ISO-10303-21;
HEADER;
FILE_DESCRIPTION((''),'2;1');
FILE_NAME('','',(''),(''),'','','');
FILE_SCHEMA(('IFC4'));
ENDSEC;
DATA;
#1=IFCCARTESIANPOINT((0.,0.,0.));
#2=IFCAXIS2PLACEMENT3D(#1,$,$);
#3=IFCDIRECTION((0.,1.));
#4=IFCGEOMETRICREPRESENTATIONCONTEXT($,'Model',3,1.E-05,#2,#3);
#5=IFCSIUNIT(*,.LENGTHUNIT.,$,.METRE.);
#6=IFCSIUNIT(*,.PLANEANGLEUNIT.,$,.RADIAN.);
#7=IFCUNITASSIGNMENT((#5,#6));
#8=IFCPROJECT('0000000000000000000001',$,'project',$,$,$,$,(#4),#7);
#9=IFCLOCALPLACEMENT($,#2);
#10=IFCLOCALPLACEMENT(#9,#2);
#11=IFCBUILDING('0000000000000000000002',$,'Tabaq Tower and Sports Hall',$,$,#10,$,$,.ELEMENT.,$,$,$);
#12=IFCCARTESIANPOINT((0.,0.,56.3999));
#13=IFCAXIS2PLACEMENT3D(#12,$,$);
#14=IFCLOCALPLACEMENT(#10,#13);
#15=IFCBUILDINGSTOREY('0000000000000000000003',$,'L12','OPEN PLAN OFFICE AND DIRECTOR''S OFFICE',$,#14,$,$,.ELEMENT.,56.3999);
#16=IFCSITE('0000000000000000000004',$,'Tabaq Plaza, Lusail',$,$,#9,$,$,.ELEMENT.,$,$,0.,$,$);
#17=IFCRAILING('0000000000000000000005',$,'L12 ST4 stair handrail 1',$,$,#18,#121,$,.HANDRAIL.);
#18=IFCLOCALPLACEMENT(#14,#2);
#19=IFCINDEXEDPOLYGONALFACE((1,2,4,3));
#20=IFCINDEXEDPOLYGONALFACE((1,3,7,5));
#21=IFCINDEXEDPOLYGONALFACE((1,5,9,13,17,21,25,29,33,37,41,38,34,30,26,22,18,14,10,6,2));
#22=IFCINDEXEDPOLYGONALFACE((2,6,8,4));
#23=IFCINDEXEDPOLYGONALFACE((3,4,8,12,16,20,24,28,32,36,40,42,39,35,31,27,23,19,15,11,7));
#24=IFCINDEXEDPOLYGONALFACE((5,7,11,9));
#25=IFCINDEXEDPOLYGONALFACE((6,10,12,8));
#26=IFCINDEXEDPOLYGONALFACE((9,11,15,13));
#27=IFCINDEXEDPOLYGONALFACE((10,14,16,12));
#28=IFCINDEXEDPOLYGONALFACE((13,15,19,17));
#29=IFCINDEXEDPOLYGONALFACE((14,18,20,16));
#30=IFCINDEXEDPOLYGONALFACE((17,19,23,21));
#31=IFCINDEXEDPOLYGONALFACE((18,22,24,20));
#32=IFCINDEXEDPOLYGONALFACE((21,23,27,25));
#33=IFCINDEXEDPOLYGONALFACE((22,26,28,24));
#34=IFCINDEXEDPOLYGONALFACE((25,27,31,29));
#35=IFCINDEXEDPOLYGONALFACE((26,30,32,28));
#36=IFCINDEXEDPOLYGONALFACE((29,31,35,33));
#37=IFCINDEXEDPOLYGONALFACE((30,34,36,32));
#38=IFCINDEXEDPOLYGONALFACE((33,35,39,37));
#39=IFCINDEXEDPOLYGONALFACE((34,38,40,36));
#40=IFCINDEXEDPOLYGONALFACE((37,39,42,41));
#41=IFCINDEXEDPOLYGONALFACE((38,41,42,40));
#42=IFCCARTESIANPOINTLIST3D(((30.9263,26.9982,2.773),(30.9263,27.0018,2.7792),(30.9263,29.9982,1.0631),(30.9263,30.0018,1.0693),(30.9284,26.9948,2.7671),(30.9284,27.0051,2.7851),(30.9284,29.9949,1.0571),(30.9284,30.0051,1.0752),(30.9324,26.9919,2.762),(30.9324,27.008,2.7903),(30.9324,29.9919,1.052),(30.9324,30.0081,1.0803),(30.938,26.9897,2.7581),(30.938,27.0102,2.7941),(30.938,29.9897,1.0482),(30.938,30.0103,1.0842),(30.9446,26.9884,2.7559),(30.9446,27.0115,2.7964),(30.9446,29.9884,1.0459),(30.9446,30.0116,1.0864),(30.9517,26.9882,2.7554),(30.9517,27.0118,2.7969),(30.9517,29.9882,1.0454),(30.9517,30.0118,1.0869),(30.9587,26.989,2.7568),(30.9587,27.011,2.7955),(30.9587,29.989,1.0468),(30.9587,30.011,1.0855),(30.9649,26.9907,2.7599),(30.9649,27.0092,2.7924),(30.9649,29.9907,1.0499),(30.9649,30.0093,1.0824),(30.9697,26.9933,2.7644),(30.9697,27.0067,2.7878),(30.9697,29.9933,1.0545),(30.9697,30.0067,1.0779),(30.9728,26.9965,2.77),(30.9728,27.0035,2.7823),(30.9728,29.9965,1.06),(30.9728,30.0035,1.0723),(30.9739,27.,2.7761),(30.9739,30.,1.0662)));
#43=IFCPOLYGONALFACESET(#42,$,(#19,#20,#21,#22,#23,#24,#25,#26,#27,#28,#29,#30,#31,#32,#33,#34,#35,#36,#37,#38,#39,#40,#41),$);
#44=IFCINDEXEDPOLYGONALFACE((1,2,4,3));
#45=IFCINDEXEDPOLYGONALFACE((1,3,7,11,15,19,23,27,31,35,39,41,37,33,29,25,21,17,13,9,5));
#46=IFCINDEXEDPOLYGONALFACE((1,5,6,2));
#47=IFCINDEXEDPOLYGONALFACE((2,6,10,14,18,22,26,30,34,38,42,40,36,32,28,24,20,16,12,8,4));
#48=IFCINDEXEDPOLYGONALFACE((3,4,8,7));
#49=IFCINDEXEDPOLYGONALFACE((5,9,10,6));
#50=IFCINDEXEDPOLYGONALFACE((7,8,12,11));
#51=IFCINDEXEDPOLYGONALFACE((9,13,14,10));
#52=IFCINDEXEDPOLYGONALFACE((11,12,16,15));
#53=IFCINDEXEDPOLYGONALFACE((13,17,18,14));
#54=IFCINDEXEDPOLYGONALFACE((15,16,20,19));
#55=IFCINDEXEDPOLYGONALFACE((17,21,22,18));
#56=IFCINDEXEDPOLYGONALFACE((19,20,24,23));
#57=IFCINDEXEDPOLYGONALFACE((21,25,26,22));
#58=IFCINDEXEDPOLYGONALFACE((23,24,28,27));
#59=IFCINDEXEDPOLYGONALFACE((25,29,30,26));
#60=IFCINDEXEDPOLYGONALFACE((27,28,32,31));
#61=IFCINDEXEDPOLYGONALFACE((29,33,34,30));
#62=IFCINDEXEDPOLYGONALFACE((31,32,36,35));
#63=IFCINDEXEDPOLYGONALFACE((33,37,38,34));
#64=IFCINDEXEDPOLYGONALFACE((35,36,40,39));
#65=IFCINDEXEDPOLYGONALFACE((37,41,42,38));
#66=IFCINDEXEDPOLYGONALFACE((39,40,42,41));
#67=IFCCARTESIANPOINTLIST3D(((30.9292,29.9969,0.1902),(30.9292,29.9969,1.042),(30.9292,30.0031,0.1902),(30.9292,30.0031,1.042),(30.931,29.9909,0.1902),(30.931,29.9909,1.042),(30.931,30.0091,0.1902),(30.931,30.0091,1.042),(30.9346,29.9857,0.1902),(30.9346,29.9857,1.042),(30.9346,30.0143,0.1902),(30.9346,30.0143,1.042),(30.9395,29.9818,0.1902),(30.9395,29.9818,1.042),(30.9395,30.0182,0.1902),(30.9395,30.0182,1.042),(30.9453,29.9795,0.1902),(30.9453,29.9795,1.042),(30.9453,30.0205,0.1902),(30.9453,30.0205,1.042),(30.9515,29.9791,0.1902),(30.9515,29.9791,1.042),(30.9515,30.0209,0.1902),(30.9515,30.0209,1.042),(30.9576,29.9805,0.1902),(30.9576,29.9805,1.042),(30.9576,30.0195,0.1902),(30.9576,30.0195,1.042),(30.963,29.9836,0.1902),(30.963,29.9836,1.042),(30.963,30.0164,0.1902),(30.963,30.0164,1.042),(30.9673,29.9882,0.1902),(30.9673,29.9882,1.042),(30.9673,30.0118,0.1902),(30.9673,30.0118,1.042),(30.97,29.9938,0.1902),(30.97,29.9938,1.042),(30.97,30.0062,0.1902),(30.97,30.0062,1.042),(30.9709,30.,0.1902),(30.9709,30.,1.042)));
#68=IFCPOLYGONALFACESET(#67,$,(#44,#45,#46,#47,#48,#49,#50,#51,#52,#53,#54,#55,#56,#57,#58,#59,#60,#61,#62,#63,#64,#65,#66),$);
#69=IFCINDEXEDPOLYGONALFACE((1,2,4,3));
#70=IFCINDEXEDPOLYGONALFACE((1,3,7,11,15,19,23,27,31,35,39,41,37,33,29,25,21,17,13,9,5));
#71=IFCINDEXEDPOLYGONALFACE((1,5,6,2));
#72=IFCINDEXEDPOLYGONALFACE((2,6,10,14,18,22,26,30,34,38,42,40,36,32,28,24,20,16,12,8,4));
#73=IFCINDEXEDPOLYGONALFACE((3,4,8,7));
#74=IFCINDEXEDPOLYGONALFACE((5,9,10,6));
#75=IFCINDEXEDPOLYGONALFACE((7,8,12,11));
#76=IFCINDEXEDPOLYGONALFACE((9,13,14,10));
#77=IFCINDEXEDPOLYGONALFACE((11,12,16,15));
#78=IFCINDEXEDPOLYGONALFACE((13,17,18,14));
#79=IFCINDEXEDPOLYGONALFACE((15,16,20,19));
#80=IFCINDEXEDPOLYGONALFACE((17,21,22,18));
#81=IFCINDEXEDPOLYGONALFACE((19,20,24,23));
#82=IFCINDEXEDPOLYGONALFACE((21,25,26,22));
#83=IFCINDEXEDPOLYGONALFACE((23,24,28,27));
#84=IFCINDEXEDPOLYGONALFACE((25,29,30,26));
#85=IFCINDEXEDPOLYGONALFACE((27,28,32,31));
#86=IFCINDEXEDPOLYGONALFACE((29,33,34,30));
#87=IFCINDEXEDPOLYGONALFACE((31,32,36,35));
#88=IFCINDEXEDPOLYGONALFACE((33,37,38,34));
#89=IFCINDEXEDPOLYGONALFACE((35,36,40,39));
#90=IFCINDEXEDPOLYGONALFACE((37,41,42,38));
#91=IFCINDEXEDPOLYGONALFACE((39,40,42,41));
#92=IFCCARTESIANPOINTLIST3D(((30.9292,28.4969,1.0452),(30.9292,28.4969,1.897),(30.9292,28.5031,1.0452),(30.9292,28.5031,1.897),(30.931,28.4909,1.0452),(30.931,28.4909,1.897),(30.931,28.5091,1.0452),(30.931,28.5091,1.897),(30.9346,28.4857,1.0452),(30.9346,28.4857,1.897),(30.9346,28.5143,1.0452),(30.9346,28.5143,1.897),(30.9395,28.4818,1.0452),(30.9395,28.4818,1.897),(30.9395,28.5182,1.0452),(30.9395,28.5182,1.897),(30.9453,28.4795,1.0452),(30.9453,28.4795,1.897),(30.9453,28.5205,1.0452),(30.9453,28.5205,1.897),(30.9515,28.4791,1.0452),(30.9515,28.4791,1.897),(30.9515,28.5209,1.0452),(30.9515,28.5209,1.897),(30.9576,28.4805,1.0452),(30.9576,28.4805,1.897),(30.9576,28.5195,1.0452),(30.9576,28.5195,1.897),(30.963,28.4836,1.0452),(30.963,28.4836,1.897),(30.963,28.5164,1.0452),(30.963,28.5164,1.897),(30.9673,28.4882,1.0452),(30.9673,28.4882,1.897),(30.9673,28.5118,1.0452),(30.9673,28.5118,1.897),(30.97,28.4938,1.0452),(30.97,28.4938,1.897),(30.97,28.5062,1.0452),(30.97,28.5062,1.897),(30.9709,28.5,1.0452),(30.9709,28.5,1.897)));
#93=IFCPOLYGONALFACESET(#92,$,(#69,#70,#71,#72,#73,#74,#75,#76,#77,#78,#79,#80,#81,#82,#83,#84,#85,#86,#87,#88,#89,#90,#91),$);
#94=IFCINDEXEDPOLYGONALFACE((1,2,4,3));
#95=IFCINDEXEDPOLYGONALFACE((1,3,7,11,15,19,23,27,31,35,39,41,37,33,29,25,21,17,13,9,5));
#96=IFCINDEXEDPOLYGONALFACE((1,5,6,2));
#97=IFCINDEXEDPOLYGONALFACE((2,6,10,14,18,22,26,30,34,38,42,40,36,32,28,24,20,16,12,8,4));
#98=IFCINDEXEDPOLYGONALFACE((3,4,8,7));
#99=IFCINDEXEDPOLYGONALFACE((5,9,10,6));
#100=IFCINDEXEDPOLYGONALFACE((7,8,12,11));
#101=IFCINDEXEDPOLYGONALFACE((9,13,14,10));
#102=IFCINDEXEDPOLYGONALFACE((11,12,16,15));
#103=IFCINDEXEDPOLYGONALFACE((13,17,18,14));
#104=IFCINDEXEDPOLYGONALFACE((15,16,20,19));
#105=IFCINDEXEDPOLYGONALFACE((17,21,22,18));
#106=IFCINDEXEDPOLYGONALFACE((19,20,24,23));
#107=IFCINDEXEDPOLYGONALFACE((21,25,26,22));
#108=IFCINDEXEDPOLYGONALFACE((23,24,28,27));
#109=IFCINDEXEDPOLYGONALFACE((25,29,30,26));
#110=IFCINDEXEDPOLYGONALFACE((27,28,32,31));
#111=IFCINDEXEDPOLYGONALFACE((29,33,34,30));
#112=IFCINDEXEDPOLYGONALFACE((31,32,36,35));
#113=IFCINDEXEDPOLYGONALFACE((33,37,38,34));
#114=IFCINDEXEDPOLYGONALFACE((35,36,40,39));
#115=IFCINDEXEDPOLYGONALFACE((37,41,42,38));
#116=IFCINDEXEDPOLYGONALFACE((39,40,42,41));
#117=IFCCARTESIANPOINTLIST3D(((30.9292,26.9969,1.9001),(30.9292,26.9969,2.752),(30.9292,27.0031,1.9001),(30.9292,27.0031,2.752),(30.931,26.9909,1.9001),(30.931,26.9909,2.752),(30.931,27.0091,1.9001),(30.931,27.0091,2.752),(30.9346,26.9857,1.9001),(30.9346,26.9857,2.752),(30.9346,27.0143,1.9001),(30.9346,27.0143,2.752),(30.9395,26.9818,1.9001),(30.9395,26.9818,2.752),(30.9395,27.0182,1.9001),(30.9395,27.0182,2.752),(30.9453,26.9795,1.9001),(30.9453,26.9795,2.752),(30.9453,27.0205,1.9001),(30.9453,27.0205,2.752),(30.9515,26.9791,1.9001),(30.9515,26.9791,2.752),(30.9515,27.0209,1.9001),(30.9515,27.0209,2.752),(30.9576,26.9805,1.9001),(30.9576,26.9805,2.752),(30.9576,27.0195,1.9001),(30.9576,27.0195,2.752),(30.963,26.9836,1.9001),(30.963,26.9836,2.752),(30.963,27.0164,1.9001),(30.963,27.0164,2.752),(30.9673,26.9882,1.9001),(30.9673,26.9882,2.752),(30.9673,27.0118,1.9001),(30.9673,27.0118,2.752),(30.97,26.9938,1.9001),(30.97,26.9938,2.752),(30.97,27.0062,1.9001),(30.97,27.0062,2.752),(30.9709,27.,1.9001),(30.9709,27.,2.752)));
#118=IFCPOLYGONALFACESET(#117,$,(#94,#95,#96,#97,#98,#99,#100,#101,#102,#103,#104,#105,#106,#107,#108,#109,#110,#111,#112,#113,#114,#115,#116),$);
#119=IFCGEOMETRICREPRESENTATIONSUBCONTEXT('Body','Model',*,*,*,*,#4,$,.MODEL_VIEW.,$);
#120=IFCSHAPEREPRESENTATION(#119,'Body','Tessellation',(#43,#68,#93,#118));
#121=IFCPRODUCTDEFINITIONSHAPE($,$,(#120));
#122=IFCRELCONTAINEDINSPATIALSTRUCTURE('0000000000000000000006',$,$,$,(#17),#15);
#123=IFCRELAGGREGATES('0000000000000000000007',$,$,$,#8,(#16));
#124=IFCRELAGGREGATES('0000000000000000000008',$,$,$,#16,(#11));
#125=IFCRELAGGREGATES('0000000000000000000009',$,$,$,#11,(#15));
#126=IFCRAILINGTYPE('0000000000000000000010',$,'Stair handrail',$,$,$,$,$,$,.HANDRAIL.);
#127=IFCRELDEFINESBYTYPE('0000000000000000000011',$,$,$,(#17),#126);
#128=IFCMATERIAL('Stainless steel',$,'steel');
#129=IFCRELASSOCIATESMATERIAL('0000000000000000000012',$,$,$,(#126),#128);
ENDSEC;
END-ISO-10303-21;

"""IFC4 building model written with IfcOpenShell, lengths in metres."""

from ifc_helpers import new_model, si_unit, direction, frame, origin, origin_2d, place, context, subcontext, project, spatial, circle, extrude, material, type_object, element, save


model = new_model("IFC4")

# Units and contexts
model_context = context("Model", 3, precision=1e-05, world=origin(), true_north=direction((0.0, 1.0)))
body_context = subcontext(model_context, "Body", "Model", "MODEL_VIEW")
ifc_project = project(units=[si_unit("LENGTHUNIT", "METRE"), si_unit("PLANEANGLEUNIT", "RADIAN")], contexts=[model_context])

# Site, building, storey
site_placement = place(None, origin())
site = spatial("IfcSite", under=ifc_project, at=site_placement, Name="Tabaq Plaza, Lusail", CompositionType="ELEMENT", RefElevation=0.0)
building_placement = place(site_placement, origin())
building = spatial("IfcBuilding", under=site, at=building_placement, Name="Tabaq Tower and Sports Hall", CompositionType="ELEMENT")
storey_placement = place(building_placement, frame((0.0, 0.0, 56.3999)))
storey = spatial("IfcBuildingStorey", under=building, at=storey_placement, Name="L12", Description="OPEN PLAN OFFICE AND DIRECTOR'S OFFICE", CompositionType="ELEMENT", Elevation=56.3999)

# Railing
ifc_material_1 = material(Name="Stainless steel", Category="steel")
railing_type_1 = type_object("IfcRailingType", Name="Stair handrail", PredefinedType="HANDRAIL", material=ifc_material_1)
railing_1_placement = place(storey_placement, frame((30.95, 30.0, 0.1902)))
element("IfcRailing", 1, at=railing_1_placement, inside=storey, type_object=railing_type_1, Name="L12 ST4 stair handrail 1", PredefinedType="HANDRAIL", context=body_context, shape_type="SweptSolid", body=[
    extrude(circle(Radius=0.0239, at=origin_2d()), frame((0.0, 0.0, 0.876), z_axis=(0.0, -0.868782, 0.495195), x_axis=(1.0, 0.0, 0.0)), (0.0, 0.0, 1.0), 3.4531),
    extrude(circle(Radius=0.021, at=origin_2d()), origin(), (0.0, 0.0, 1.0), 0.8518),
    extrude(circle(Radius=0.021, at=origin_2d()), frame((0.0, -1.5, 0.855)), (0.0, 0.0, 1.0), 0.8518),
    extrude(circle(Radius=0.021, at=origin_2d()), frame((0.0, -3.0, 1.71)), (0.0, 0.0, 1.0), 0.8518),
])

save(model, "model.ifc")
